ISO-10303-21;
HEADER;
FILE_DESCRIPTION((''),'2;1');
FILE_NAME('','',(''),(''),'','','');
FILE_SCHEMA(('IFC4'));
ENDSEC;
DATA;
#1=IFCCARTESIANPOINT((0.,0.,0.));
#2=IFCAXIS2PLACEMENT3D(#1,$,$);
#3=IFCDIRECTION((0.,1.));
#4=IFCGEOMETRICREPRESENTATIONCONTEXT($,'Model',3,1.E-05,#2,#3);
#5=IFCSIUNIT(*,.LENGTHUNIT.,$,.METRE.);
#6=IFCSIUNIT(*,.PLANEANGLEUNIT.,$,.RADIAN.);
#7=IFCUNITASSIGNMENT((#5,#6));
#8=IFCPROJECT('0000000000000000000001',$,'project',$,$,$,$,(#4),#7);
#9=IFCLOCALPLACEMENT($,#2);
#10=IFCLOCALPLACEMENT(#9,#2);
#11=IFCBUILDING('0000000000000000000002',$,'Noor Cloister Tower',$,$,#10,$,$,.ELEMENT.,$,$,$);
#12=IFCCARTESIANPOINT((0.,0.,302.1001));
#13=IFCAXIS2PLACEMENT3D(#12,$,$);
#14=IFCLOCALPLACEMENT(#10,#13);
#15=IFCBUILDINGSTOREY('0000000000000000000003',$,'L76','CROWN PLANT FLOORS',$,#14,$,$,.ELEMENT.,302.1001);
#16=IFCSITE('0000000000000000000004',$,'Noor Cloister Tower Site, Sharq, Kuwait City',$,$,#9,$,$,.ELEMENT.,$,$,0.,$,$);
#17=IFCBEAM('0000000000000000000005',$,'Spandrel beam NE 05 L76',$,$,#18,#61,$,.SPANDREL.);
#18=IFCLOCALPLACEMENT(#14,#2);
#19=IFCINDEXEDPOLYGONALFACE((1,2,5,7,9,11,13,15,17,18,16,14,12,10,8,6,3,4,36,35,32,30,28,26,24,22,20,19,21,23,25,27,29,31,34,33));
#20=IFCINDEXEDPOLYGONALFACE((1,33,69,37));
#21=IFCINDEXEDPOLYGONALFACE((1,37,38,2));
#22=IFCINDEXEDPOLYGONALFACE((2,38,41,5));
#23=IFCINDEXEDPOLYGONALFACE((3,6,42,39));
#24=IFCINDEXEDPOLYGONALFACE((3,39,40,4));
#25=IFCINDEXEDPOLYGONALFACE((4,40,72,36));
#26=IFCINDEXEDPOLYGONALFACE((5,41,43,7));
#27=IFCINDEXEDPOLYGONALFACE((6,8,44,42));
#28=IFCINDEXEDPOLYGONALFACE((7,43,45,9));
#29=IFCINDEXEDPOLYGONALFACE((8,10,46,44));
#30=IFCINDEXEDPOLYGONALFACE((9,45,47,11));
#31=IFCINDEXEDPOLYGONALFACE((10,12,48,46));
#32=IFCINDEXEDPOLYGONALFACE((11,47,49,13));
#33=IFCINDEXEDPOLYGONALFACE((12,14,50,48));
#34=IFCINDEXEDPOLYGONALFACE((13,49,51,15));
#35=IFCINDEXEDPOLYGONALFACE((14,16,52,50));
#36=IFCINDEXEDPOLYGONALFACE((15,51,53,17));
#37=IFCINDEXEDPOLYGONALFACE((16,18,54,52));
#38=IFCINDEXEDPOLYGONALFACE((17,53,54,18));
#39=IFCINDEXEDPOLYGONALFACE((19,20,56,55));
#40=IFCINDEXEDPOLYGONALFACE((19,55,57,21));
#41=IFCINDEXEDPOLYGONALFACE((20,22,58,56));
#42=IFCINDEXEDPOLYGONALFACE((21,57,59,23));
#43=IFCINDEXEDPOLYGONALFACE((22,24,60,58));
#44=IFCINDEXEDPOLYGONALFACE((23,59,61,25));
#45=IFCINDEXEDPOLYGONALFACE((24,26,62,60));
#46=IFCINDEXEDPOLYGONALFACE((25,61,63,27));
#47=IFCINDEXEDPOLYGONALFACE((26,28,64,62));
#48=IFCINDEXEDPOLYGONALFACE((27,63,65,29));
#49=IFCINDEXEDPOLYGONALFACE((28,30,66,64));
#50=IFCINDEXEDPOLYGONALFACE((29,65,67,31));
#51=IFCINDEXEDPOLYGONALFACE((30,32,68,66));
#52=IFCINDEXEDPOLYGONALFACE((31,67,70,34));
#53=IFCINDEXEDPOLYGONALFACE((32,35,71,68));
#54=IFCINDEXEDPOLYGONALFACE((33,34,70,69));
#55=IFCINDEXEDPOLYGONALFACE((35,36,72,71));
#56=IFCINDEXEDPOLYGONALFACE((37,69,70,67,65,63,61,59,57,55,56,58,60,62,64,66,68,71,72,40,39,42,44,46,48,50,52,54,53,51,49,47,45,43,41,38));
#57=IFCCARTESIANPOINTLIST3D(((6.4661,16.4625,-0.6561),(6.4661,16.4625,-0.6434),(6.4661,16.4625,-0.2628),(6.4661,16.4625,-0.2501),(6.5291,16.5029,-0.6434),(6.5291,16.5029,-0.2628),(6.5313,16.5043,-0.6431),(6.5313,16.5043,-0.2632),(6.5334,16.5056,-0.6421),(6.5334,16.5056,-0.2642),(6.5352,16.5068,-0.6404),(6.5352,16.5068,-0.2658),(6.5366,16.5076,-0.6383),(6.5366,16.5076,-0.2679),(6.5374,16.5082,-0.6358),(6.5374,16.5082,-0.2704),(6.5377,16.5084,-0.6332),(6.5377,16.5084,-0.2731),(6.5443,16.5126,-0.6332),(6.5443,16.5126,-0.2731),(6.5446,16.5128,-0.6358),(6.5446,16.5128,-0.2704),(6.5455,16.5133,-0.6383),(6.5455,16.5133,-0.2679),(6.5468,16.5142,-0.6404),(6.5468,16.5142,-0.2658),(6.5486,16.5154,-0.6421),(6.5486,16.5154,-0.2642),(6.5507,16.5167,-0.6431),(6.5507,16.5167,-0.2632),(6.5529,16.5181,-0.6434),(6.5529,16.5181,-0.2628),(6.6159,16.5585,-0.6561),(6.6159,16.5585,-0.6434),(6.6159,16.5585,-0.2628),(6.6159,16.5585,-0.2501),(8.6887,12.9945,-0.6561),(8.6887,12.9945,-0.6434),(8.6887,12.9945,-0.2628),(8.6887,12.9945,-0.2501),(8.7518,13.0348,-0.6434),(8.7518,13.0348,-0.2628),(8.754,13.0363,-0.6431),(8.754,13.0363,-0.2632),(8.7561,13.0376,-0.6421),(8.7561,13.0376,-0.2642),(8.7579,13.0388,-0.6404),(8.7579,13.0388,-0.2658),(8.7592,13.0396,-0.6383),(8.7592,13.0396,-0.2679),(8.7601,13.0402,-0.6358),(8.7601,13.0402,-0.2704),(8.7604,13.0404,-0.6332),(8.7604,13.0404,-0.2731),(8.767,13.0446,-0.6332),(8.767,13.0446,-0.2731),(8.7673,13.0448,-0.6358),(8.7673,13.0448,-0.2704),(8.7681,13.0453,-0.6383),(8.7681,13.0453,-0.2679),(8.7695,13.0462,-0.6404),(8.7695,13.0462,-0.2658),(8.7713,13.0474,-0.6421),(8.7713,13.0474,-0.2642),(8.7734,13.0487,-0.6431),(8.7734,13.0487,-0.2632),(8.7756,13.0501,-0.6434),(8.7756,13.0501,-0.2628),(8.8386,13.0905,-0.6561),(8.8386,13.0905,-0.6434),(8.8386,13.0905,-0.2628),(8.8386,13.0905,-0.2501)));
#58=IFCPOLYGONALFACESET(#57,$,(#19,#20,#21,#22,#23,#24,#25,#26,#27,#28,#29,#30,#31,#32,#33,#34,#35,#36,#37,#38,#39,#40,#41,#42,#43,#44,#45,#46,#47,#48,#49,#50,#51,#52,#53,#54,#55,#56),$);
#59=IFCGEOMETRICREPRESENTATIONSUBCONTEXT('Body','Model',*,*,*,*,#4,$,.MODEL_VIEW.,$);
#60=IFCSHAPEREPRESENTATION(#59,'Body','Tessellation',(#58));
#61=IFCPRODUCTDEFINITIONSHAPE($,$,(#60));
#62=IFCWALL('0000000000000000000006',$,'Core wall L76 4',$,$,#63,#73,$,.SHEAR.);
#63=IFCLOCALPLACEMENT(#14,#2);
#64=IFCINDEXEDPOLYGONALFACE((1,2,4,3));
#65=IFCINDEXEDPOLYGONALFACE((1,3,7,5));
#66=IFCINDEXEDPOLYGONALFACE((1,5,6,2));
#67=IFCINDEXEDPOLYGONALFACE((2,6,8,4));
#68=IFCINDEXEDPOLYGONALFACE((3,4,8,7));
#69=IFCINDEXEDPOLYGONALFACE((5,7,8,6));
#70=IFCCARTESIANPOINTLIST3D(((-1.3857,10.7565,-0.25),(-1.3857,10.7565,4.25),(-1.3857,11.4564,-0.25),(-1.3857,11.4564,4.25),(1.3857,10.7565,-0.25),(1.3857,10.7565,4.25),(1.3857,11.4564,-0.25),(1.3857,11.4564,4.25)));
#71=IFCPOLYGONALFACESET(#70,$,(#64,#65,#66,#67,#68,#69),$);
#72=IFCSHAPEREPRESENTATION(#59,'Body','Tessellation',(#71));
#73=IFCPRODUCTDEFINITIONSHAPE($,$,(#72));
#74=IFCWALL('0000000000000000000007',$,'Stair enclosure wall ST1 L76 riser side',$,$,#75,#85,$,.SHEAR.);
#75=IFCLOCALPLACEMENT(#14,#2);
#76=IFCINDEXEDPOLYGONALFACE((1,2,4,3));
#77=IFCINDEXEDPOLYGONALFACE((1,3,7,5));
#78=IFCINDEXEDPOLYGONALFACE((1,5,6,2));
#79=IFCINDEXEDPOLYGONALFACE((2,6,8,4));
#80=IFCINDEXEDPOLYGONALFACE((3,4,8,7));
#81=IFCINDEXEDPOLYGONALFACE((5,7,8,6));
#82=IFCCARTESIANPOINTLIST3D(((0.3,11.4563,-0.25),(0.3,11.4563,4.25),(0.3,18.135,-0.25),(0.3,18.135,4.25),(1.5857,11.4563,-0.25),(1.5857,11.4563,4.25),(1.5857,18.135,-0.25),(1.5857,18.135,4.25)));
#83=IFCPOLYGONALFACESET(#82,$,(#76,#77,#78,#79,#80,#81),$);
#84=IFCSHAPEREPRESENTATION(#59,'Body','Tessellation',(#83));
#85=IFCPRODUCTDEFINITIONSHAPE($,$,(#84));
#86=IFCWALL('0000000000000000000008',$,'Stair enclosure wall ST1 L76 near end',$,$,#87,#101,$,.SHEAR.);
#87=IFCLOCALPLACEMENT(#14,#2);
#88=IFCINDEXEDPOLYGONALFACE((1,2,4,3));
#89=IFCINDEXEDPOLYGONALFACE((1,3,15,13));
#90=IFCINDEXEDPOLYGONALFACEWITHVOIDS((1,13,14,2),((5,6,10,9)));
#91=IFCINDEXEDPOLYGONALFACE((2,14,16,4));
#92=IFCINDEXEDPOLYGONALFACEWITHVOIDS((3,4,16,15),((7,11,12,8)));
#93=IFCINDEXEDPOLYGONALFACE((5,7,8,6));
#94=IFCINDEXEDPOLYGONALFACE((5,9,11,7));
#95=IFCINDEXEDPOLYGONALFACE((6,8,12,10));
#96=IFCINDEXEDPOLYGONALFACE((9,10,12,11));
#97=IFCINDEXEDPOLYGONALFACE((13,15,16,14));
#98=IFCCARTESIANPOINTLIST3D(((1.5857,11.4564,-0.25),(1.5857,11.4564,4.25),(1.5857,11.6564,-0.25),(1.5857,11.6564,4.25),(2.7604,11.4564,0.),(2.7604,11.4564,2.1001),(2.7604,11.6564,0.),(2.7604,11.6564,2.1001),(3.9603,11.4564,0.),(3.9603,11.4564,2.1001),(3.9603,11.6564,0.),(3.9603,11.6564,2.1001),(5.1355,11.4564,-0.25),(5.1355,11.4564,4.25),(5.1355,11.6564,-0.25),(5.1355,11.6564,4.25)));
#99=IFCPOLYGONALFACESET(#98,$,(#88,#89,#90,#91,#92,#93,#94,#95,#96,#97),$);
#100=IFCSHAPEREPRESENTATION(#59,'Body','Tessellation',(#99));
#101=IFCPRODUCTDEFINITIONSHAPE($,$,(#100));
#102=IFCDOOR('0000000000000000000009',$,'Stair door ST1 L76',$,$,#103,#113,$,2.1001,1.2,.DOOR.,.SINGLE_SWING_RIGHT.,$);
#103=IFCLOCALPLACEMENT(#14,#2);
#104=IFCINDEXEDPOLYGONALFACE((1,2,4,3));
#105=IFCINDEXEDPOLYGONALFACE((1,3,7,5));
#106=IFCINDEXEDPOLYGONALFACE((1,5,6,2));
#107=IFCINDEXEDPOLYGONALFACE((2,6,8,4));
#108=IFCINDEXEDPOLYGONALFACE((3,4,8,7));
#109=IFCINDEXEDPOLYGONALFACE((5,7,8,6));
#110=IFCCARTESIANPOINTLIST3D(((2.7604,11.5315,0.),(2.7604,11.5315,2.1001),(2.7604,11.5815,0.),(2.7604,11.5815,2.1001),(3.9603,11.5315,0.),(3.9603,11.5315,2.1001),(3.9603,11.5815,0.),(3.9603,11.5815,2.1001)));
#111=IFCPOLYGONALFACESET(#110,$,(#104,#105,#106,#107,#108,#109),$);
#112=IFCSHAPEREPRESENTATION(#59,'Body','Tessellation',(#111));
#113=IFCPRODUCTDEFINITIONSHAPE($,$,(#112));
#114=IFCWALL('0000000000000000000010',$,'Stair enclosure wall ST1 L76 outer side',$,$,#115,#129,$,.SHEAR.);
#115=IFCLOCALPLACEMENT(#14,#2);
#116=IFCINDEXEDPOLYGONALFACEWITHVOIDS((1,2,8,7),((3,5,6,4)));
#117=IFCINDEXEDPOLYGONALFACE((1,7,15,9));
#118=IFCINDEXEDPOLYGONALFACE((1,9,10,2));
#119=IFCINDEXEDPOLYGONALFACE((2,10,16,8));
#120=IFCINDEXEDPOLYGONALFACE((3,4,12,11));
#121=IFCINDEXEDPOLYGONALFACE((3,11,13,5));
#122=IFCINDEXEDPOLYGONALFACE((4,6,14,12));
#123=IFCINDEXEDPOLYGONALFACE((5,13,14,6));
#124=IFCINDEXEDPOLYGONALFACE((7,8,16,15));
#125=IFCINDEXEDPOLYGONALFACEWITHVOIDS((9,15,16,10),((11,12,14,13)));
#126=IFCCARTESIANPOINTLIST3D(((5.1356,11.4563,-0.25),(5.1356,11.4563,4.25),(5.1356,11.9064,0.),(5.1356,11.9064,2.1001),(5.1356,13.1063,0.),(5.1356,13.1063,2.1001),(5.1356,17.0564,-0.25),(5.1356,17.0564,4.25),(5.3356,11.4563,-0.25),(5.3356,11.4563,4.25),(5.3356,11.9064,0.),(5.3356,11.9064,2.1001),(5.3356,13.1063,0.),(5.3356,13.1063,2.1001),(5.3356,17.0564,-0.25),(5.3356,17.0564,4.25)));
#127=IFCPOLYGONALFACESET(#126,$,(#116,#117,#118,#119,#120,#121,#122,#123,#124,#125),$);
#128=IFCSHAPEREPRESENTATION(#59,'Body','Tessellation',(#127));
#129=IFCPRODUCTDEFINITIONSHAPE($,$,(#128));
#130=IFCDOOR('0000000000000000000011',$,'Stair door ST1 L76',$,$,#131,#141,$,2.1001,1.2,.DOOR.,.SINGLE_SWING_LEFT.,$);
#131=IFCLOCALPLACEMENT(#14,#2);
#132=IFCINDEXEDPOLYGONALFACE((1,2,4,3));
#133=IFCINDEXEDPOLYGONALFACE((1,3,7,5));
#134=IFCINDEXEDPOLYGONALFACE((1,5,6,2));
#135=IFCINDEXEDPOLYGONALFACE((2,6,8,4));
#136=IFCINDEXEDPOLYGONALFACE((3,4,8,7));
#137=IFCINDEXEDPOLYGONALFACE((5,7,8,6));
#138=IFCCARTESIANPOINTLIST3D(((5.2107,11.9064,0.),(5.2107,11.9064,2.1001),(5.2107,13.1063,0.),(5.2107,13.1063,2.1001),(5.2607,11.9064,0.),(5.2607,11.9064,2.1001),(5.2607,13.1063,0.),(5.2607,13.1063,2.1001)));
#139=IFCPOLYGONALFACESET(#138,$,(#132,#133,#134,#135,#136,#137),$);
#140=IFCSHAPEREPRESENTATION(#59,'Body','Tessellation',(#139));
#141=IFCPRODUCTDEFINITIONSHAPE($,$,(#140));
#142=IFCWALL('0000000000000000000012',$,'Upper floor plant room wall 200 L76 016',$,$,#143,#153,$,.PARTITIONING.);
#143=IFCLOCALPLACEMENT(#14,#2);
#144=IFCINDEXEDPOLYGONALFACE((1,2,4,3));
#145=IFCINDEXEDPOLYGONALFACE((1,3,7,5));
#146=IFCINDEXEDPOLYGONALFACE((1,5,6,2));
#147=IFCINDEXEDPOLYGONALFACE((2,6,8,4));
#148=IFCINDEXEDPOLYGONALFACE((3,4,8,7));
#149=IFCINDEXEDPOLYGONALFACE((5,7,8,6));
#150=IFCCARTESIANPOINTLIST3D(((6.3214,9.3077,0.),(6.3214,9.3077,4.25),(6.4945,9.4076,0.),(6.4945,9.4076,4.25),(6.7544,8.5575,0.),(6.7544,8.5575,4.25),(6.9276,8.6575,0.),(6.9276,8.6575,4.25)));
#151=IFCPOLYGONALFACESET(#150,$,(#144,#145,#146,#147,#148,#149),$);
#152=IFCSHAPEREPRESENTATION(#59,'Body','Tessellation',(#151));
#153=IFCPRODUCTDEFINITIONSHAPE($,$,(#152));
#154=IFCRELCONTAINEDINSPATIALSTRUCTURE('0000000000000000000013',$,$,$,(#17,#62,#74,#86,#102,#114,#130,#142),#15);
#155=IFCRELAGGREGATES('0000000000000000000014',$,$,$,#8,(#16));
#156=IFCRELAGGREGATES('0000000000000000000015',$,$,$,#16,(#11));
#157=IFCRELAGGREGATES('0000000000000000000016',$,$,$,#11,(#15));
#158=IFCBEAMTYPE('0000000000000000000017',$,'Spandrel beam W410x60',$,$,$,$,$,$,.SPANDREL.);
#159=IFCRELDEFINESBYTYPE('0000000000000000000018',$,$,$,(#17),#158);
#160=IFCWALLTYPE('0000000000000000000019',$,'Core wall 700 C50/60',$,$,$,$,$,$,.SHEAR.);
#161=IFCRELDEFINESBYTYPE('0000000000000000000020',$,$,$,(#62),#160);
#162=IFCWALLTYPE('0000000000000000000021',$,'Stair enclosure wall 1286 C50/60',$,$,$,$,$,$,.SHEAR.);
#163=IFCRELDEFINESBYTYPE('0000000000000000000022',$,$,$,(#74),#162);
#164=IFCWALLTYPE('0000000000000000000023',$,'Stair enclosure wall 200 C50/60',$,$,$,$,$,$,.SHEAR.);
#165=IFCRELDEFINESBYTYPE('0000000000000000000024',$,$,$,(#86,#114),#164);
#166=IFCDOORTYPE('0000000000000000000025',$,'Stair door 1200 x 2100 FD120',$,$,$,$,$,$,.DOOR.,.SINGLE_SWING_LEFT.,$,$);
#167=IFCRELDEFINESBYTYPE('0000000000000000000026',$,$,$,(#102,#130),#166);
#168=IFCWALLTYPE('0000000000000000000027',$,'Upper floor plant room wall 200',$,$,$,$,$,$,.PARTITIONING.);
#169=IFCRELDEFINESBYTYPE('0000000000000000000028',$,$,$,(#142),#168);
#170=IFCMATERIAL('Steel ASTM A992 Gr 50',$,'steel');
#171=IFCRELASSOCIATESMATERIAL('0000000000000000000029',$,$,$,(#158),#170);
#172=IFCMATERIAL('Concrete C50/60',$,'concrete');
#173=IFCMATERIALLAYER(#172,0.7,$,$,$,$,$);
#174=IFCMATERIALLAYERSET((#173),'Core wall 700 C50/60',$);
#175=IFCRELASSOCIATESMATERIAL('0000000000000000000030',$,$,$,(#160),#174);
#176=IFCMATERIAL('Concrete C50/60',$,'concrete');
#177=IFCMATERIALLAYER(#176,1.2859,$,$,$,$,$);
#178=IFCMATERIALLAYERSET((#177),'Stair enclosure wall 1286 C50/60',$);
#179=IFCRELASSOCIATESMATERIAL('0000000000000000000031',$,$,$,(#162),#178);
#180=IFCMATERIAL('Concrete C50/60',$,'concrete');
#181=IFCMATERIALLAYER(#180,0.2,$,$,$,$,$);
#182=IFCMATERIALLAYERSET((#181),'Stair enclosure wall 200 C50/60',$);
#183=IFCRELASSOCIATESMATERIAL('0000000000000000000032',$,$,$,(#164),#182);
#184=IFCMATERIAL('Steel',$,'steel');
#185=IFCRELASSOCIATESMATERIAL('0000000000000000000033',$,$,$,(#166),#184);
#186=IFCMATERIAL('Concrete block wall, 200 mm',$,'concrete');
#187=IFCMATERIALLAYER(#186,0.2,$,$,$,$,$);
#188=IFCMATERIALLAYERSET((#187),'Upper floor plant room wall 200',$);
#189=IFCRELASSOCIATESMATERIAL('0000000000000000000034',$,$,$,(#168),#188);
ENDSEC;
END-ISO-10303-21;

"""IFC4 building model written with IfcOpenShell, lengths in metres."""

from ifc_helpers import new_model, si_unit, direction, frame, frame_2d, origin, origin_2d, place, context, subcontext, project, spatial, rectangle, i_section, extrude, material, layer, layer_set, material_profile, profile_set, type_object, element, fill, save


model = new_model("IFC4")

# Units and contexts
model_context = context("Model", 3, precision=1e-05, world=origin(), true_north=direction((0.0, 1.0)))
body_context = subcontext(model_context, "Body", "Model", "MODEL_VIEW")
ifc_project = project(units=[si_unit("LENGTHUNIT", "METRE"), si_unit("PLANEANGLEUNIT", "RADIAN")], contexts=[model_context])

# Site, building, storey
site_placement = place(None, origin())
site = spatial("IfcSite", under=ifc_project, at=site_placement, Name="Noor Cloister Tower Site, Sharq, Kuwait City", CompositionType="ELEMENT", RefElevation=0.0)
building_placement = place(site_placement, origin())
building = spatial("IfcBuilding", under=site, at=building_placement, Name="Noor Cloister Tower", CompositionType="ELEMENT")
storey_placement = place(building_placement, frame((0.0, 0.0, 302.1001)))
storey = spatial("IfcBuildingStorey", under=building, at=storey_placement, Name="L76", Description="CROWN PLANT FLOORS", CompositionType="ELEMENT", Elevation=302.1001)

# Beam
ifc_material_1 = material(Name="Steel ASTM A992 Gr 50", Category="steel")
ifc_material_profile_1 = material_profile(ifc_material_1, i_section(OverallWidth=0.178, OverallDepth=0.406, WebThickness=0.0078, FlangeThickness=0.0127, FilletRadius=0.0103, at=origin_2d()), Name="W410x60")
ifc_profile_set_1 = profile_set([ifc_material_profile_1], Name="Steel ASTM A992 Gr 50")
beam_type_1 = type_object("IfcBeamType", Name="Spandrel beam W410x60", PredefinedType="SPANDREL", material=ifc_profile_set_1)
beam_1_placement = place(storey_placement, frame((8.7637, 13.0425, -0.4531), z_axis=(-0.539592, 0.841927, 0.0), x_axis=(-0.841927, -0.539592, 0.0)))
element("IfcBeam", 1, at=beam_1_placement, inside=storey, type_object=beam_type_1, Name="Spandrel beam NE 05 L76", PredefinedType="SPANDREL", context=body_context, shape_type="SweptSolid", body=[
    extrude(i_section(OverallWidth=0.178, OverallDepth=0.406, WebThickness=0.0078, FlangeThickness=0.0127, FilletRadius=0.0103, at=origin_2d()), origin(), (0.0, 0.0, 1.0), 4.1191),
])

# Walls
ifc_material_2 = material(Name="Concrete C50/60", Category="concrete")
ifc_layer_1 = layer(ifc_material_2, 0.7)
ifc_layer_set_1 = layer_set([ifc_layer_1], Name="Core wall 700 C50/60")
wall_type_1 = type_object("IfcWallType", Name="Core wall 700 C50/60", PredefinedType="SHEAR", material=ifc_layer_set_1)
wall_1_placement = place(storey_placement, frame((1.3857, 11.1064, -0.25), z_axis=(0.0, 0.0, 1.0), x_axis=(-1.0, 0.0, 0.0)))
element("IfcWall", 2, at=wall_1_placement, inside=storey, type_object=wall_type_1, Name="Core wall L76 4", PredefinedType="SHEAR", context=body_context, shape_type="SweptSolid", body=[
    extrude(rectangle(XDim=2.7715, YDim=0.7, at=frame_2d((1.3857, 0.0))), origin(), (0.0, 0.0, 1.0), 4.5),
])
ifc_material_3 = material(Name="Concrete C50/60", Category="concrete")
ifc_layer_2 = layer(ifc_material_3, 1.2859)
ifc_layer_set_2 = layer_set([ifc_layer_2], Name="Stair enclosure wall 1286 C50/60")
wall_type_2 = type_object("IfcWallType", Name="Stair enclosure wall 1286 C50/60", PredefinedType="SHEAR", material=ifc_layer_set_2)
wall_2_placement = place(storey_placement, frame((0.9429, 11.4563, -0.25), z_axis=(0.0, 0.0, 1.0), x_axis=(0.0, 1.0, 0.0)))
element("IfcWall", 3, at=wall_2_placement, inside=storey, type_object=wall_type_2, Name="Stair enclosure wall ST1 L76 riser side", PredefinedType="SHEAR", context=body_context, shape_type="SweptSolid", body=[
    extrude(rectangle(XDim=6.6787, YDim=1.2856, at=frame_2d((3.3394, 0.0))), origin(), (0.0, 0.0, 1.0), 4.5),
])

# Walls, openings, doors
ifc_material_4 = material(Name="Concrete C50/60", Category="concrete")
ifc_layer_3 = layer(ifc_material_4, 0.2)
ifc_layer_set_3 = layer_set([ifc_layer_3], Name="Stair enclosure wall 200 C50/60")
wall_type_3 = type_object("IfcWallType", Name="Stair enclosure wall 200 C50/60", PredefinedType="SHEAR", material=ifc_layer_set_3)
wall_3_placement = place(storey_placement, frame((5.1355, 11.5564, -0.25), z_axis=(0.0, 0.0, 1.0), x_axis=(-1.0, 0.0, 0.0)))
wall_3 = element("IfcWall", 4, at=wall_3_placement, inside=storey, type_object=wall_type_3, Name="Stair enclosure wall ST1 L76 near end", PredefinedType="SHEAR", context=body_context, shape_type="SweptSolid", body=[
    extrude(rectangle(XDim=3.5498, YDim=0.2, at=frame_2d((1.7749, 0.0))), origin(), (0.0, 0.0, 1.0), 4.5),
])
opening_1_placement = place(wall_3_placement, frame((1.175, 0.0, 0.25)))
opening_1 = element("IfcOpeningElement", 5, at=opening_1_placement, cuts=wall_3, PredefinedType="OPENING", context=body_context, shape_type="SweptSolid", body=[
    extrude(rectangle(XDim=1.2, YDim=2.1001, at=frame_2d((0.6001, 1.05))), frame((0.0, 0.1099, 0.0), z_axis=(0.0, -1.0, 0.0), x_axis=(1.0, 0.0, 0.0)), (0.0, 0.0, 1.0), 0.22),
])
ifc_material_5 = material(Name="Steel", Category="steel")
door_type_1 = type_object("IfcDoorType", Name="Stair door 1200 x 2100 FD120", OperationType="SINGLE_SWING_LEFT", PredefinedType="DOOR", material=ifc_material_5)
door_1_placement = place(opening_1_placement, origin())
door_1 = element("IfcDoor", 6, at=door_1_placement, inside=storey, type_object=door_type_1, Name="Stair door ST1 L76", OperationType="SINGLE_SWING_RIGHT", OverallHeight=2.1001, OverallWidth=1.2, PredefinedType="DOOR", context=body_context, shape_type="SweptSolid", body=[
    extrude(rectangle(XDim=1.2, YDim=2.1001, at=frame_2d((0.6001, 1.05))), frame((0.0, 0.0249, 0.0), z_axis=(0.0, -1.0, 0.0), x_axis=(1.0, 0.0, 0.0)), (0.0, 0.0, 1.0), 0.05),
])
fill(opening_1, door_1)
wall_4_placement = place(storey_placement, frame((5.2356, 11.4563, -0.25), z_axis=(0.0, 0.0, 1.0), x_axis=(0.0, 1.0, 0.0)))
wall_4 = element("IfcWall", 7, at=wall_4_placement, inside=storey, type_object=wall_type_3, Name="Stair enclosure wall ST1 L76 outer side", PredefinedType="SHEAR", context=body_context, shape_type="SweptSolid", body=[
    extrude(rectangle(XDim=5.6001, YDim=0.2, at=frame_2d((2.8, 0.0))), origin(), (0.0, 0.0, 1.0), 4.5),
])
opening_2_placement = place(wall_4_placement, frame((0.45, 0.0, 0.25)))
opening_2 = element("IfcOpeningElement", 8, at=opening_2_placement, cuts=wall_4, PredefinedType="OPENING", context=body_context, shape_type="SweptSolid", body=[
    extrude(rectangle(XDim=1.2, YDim=2.1001, at=frame_2d((0.6001, 1.05))), frame((0.0, 0.1099, 0.0), z_axis=(0.0, -1.0, 0.0), x_axis=(1.0, 0.0, 0.0)), (0.0, 0.0, 1.0), 0.22),
])
door_2_placement = place(opening_2_placement, origin())
door_2 = element("IfcDoor", 9, at=door_2_placement, inside=storey, type_object=door_type_1, Name="Stair door ST1 L76", OperationType="SINGLE_SWING_LEFT", OverallHeight=2.1001, OverallWidth=1.2, PredefinedType="DOOR", context=body_context, shape_type="SweptSolid", body=[
    extrude(rectangle(XDim=1.2, YDim=2.1001, at=frame_2d((0.6001, 1.05))), frame((0.0, 0.0249, 0.0), z_axis=(0.0, -1.0, 0.0), x_axis=(1.0, 0.0, 0.0)), (0.0, 0.0, 1.0), 0.05),
])
fill(opening_2, door_2)

# Wall
ifc_material_6 = material(Name="Concrete block wall, 200 mm", Category="concrete")
ifc_layer_4 = layer(ifc_material_6, 0.2)
ifc_layer_set_4 = layer_set([ifc_layer_4], Name="Upper floor plant room wall 200")
wall_type_4 = type_object("IfcWallType", Name="Upper floor plant room wall 200", PredefinedType="PARTITIONING", material=ifc_layer_set_4)
wall_5_placement = place(storey_placement, frame((6.408, 9.3577, 0.0), z_axis=(0.0, 0.0, 1.0), x_axis=(0.499958, -0.866049, 0.0)))
element("IfcWall", 10, at=wall_5_placement, inside=storey, type_object=wall_type_4, Name="Upper floor plant room wall 200 L76 016", PredefinedType="PARTITIONING", context=body_context, shape_type="SweptSolid", body=[
    extrude(rectangle(XDim=0.8662, YDim=0.2, at=frame_2d((0.4331, 0.0))), origin(), (0.0, 0.0, 1.0), 4.25),
])

save(model, "model.ifc")
